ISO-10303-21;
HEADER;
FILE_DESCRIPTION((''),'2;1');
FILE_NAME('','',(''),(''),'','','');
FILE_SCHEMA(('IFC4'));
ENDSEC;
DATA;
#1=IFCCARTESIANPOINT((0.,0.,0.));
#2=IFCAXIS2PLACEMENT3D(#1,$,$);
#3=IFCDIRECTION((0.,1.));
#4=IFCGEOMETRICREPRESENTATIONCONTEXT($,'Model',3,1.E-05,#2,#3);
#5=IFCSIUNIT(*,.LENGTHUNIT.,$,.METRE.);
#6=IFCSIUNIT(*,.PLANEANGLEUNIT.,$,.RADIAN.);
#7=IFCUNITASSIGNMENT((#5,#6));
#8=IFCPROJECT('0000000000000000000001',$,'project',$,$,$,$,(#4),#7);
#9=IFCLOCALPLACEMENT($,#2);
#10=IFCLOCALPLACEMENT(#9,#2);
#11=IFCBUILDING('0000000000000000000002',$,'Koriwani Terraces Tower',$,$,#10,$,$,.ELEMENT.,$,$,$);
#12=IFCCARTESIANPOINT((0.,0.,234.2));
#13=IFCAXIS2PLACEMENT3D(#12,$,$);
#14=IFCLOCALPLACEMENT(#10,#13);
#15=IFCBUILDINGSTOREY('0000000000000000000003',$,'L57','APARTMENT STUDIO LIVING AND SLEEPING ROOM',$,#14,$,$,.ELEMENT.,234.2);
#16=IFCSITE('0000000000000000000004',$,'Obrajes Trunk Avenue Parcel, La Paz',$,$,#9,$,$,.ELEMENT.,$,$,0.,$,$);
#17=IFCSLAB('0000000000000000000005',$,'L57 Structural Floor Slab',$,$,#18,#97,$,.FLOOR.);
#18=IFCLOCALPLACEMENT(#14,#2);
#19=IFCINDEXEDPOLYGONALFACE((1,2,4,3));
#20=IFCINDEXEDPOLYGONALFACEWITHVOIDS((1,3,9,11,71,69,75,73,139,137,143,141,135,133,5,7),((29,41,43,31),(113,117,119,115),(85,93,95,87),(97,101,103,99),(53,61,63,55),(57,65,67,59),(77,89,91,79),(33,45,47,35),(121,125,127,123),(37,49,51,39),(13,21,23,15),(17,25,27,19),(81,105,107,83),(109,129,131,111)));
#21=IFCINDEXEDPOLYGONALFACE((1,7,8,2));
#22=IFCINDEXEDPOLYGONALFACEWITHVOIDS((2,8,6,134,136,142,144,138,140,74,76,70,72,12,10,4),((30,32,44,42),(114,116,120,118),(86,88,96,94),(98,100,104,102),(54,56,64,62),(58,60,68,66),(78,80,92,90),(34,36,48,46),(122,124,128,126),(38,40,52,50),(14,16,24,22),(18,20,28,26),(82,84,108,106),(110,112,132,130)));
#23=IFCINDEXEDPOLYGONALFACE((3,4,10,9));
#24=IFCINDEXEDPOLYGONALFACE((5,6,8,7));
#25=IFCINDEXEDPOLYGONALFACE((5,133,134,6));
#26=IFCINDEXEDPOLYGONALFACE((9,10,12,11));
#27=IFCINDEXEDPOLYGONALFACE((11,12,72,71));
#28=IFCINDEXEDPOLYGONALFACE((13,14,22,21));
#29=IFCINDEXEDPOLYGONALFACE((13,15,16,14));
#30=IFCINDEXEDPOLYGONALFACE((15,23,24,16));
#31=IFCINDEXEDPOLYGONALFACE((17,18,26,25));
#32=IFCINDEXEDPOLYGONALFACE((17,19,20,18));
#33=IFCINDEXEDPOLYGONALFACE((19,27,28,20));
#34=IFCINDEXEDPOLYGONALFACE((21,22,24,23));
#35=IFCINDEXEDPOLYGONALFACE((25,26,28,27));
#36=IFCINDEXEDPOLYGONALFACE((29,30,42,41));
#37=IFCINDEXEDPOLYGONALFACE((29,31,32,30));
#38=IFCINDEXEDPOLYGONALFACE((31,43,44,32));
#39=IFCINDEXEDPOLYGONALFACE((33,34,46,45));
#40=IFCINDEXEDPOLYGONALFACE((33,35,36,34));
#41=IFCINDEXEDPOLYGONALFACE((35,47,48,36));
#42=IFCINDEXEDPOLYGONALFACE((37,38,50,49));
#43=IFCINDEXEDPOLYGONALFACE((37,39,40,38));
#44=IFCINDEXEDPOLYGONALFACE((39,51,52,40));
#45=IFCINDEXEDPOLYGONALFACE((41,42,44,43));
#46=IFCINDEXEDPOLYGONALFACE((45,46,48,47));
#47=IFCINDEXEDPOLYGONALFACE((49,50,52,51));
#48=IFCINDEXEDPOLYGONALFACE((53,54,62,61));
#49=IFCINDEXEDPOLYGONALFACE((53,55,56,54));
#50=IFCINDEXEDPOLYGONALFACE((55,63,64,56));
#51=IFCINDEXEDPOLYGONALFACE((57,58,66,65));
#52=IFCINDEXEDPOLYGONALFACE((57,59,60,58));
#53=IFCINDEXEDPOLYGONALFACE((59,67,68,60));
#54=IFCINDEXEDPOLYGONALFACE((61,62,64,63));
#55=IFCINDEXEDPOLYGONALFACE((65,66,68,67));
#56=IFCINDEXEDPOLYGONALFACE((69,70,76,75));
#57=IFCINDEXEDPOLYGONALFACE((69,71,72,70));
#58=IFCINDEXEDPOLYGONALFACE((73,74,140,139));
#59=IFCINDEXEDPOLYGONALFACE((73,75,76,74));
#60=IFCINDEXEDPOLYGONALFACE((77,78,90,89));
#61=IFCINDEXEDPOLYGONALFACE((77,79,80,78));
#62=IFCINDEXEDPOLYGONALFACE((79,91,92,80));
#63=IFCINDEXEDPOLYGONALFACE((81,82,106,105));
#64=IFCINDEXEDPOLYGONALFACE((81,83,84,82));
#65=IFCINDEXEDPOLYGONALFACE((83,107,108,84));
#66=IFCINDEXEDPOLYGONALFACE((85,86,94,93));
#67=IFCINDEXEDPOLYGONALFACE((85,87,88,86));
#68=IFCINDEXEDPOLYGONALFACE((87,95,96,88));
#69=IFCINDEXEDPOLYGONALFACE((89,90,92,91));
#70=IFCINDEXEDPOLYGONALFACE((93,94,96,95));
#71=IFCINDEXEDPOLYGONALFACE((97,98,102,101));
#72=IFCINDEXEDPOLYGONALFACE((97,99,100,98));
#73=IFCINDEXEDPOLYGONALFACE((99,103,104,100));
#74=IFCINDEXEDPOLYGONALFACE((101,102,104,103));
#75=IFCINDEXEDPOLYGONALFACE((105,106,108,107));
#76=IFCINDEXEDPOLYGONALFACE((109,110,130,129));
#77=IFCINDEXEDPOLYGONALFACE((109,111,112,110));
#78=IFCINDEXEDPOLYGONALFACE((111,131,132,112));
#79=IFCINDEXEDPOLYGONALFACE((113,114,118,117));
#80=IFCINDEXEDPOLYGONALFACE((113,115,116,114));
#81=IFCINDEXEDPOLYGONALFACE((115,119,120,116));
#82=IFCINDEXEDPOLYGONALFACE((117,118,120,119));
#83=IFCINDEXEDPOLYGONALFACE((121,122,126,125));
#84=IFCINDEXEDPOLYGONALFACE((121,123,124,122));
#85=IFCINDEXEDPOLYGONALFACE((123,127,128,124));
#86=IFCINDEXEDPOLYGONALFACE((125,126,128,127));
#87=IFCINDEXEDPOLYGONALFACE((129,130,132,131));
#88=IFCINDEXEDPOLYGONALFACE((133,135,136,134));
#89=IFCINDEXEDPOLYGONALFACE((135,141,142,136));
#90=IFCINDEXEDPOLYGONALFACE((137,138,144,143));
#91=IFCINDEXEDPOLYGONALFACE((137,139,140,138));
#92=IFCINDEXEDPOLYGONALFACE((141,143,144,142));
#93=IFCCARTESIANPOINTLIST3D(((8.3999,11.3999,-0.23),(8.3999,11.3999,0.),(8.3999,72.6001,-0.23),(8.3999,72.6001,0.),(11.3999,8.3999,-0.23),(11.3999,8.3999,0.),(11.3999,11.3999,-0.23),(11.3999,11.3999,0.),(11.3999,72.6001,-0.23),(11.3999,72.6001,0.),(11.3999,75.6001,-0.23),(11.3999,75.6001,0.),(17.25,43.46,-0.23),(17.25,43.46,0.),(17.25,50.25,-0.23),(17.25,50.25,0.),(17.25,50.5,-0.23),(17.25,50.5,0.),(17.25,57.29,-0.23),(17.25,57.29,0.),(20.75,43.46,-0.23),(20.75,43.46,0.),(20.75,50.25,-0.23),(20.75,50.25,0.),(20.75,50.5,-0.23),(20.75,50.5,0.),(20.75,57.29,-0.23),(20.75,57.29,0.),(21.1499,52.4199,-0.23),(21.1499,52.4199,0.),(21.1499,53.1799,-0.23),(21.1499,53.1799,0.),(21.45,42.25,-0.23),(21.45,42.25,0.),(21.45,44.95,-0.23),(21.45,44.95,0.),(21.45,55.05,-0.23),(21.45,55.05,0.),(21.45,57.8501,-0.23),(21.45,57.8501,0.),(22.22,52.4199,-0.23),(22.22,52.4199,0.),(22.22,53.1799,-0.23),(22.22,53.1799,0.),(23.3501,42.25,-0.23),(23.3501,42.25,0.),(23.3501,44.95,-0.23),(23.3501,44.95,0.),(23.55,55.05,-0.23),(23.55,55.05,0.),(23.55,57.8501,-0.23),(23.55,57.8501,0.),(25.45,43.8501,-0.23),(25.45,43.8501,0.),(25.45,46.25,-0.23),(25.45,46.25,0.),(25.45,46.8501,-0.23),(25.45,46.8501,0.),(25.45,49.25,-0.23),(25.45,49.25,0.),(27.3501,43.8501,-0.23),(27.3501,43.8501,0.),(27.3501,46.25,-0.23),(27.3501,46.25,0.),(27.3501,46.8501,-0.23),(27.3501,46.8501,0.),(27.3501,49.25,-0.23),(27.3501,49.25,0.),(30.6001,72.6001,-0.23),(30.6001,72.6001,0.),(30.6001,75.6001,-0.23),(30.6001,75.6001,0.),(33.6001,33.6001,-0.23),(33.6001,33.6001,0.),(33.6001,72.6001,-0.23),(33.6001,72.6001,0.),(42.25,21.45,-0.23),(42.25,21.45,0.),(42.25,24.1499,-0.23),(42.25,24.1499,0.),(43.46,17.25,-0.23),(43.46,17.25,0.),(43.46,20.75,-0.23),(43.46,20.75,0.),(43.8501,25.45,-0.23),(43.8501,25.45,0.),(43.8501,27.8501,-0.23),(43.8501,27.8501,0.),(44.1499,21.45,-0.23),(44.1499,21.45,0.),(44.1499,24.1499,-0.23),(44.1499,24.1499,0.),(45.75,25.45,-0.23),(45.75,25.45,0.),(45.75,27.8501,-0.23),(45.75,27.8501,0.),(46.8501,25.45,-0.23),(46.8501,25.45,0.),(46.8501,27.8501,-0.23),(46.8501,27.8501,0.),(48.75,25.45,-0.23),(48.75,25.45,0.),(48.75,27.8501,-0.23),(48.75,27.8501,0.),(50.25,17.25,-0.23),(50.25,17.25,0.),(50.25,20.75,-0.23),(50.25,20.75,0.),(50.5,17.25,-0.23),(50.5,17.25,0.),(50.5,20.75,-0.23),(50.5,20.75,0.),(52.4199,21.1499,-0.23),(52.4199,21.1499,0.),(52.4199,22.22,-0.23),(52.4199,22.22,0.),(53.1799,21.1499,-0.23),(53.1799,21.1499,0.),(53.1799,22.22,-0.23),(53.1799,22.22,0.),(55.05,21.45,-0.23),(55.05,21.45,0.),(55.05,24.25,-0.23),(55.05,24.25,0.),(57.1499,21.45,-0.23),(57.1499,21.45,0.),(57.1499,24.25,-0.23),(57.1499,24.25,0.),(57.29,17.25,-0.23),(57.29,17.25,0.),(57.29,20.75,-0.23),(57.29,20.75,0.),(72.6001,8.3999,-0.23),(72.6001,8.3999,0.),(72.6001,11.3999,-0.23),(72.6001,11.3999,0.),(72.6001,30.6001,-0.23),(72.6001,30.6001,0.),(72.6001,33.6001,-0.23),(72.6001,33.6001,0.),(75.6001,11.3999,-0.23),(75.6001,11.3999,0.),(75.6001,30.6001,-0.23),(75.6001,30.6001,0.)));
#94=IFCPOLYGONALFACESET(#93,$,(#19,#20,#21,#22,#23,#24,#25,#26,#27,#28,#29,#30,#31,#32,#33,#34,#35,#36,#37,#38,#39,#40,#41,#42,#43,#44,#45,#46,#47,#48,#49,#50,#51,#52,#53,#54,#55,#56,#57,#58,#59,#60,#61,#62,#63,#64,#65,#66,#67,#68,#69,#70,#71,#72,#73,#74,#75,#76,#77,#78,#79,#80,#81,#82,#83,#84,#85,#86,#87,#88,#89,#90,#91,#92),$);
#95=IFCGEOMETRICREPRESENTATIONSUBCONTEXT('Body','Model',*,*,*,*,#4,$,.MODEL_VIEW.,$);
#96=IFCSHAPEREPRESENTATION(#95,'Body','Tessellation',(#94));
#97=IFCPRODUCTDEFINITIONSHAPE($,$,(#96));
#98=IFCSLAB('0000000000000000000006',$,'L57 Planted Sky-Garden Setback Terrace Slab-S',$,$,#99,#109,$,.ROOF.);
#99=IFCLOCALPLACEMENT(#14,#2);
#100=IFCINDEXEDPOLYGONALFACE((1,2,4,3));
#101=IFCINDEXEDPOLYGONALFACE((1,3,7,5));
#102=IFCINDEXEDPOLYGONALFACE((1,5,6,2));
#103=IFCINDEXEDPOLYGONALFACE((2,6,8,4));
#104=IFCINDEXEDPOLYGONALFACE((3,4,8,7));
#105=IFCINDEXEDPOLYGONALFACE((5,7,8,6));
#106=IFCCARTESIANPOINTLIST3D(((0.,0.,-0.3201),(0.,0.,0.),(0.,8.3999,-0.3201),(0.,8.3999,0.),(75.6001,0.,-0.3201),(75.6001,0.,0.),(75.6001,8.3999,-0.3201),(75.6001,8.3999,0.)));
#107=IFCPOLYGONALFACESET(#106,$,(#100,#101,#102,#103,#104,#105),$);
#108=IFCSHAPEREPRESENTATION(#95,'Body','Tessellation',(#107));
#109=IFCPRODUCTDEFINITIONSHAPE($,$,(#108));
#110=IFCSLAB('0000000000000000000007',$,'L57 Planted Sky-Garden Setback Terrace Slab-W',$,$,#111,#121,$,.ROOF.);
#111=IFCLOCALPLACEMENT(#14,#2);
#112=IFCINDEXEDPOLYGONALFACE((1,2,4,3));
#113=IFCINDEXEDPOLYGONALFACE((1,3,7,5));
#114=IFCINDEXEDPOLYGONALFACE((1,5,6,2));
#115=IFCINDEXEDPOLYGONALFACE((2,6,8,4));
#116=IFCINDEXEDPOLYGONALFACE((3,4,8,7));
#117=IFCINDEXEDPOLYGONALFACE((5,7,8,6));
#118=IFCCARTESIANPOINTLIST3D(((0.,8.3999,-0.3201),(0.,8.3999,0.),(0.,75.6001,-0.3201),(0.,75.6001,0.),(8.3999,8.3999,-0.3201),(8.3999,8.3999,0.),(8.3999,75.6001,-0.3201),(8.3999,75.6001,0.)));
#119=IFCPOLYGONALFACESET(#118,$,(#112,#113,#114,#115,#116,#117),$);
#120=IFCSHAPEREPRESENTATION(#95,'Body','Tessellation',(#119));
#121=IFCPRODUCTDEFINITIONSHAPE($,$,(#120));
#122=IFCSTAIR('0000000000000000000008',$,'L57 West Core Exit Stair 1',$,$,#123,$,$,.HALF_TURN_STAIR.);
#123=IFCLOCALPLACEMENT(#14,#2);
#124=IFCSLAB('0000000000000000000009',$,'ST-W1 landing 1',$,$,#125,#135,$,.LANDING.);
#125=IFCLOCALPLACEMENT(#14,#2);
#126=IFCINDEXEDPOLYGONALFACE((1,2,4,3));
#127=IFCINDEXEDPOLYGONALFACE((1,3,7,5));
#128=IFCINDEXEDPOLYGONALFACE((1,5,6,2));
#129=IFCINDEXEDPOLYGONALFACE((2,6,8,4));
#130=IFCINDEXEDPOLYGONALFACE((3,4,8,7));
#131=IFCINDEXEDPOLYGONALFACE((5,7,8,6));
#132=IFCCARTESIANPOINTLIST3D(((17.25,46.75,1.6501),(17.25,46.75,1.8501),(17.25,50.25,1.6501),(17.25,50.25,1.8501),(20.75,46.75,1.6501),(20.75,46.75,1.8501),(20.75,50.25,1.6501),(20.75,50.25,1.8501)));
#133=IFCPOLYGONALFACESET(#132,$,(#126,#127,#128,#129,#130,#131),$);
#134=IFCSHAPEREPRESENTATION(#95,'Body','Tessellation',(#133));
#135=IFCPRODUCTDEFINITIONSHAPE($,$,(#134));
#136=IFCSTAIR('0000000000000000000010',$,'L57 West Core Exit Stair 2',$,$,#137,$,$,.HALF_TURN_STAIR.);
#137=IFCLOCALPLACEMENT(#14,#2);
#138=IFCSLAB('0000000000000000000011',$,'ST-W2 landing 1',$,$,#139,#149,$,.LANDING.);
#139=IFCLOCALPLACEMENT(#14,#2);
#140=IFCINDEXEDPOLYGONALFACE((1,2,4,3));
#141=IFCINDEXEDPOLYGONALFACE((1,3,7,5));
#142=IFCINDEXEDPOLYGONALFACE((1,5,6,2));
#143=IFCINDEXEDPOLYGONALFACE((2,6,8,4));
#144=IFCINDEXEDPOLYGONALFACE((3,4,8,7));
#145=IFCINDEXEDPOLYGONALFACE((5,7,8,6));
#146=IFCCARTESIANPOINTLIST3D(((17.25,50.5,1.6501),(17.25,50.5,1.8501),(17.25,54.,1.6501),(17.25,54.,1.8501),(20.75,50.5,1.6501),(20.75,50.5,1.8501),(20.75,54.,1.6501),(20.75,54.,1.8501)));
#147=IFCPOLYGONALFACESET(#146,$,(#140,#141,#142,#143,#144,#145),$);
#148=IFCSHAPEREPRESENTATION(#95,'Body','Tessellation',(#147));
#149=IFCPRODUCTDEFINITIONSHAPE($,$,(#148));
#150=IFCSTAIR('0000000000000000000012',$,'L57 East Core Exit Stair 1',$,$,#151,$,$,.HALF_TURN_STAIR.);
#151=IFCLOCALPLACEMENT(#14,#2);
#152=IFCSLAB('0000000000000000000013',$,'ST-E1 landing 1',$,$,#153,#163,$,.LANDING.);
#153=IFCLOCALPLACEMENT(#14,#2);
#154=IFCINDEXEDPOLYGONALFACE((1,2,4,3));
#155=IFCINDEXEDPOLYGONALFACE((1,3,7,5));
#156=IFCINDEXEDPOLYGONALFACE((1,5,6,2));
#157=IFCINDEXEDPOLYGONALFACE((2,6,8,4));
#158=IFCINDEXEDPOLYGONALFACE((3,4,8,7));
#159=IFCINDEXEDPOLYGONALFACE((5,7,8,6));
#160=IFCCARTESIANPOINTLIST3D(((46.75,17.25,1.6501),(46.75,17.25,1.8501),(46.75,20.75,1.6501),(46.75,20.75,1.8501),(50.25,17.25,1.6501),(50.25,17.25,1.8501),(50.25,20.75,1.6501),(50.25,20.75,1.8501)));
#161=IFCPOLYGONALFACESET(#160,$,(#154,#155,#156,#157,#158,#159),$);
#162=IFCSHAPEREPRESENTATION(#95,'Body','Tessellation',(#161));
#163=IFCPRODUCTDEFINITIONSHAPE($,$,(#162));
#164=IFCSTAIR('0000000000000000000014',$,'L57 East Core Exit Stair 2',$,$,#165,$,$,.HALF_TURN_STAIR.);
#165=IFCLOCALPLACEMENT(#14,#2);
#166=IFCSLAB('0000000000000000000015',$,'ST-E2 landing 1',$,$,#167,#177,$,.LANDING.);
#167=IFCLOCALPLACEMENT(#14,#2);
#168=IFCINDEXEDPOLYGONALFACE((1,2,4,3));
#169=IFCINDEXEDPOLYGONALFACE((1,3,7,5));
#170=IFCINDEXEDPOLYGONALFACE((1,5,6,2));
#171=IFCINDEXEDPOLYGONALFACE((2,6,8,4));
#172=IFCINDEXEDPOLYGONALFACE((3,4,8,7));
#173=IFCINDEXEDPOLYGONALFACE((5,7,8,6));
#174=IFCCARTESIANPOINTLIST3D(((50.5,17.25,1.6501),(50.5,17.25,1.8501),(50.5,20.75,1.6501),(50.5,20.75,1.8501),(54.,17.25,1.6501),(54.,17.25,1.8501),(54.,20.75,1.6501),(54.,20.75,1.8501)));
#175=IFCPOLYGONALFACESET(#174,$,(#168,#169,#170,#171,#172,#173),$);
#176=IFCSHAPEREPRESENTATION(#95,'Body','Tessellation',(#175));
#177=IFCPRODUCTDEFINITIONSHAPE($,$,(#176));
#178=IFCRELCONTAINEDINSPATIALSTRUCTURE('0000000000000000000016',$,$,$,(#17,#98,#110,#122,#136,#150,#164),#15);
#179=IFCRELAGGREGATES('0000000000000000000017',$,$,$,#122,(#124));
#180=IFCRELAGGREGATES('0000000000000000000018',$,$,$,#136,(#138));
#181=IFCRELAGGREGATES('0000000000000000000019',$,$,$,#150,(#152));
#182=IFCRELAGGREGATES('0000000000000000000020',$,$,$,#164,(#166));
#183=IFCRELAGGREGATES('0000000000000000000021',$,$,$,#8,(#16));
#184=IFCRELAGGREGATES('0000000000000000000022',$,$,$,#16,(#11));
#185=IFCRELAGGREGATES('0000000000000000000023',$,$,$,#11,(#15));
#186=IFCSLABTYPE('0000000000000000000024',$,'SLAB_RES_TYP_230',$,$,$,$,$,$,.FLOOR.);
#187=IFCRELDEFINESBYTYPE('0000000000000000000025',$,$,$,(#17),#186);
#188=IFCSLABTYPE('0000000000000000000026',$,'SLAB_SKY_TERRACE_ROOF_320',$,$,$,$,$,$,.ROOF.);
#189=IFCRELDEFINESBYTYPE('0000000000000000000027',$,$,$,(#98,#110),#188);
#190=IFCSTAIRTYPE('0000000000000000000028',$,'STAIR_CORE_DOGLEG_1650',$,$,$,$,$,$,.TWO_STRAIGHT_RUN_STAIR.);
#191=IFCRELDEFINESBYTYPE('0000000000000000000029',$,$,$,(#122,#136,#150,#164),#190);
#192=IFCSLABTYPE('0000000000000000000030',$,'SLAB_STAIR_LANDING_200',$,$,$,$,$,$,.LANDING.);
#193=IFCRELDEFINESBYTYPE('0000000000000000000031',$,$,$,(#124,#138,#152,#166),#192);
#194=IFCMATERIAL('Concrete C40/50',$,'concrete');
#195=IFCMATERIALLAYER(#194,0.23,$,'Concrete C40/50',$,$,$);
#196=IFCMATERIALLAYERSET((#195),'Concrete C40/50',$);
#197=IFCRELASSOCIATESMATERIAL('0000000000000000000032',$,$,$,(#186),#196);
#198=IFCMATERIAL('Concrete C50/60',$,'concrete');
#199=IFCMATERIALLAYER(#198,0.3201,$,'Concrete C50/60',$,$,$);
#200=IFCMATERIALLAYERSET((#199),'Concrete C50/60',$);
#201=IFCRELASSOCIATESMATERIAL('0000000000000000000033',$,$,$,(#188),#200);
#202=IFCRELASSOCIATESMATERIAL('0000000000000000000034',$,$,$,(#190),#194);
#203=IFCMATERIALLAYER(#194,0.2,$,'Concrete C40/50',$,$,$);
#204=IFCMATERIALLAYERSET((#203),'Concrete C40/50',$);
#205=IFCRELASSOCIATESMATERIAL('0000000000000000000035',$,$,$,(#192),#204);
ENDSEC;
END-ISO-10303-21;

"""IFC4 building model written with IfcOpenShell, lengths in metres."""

from ifc_helpers import new_model, si_unit, direction, frame, origin, place, context, subcontext, project, spatial, polyline, outline, extrude, material, layer, layer_set, type_object, element, aggregate, save


model = new_model("IFC4")

# Units and contexts
model_context = context("Model", 3, precision=1e-05, world=origin(), true_north=direction((0.0, 1.0)))
body_context = subcontext(model_context, "Body", "Model", "MODEL_VIEW")
ifc_project = project(units=[si_unit("LENGTHUNIT", "METRE"), si_unit("PLANEANGLEUNIT", "RADIAN")], contexts=[model_context])

# Site, building, storey
site_placement = place(None, origin())
site = spatial("IfcSite", under=ifc_project, at=site_placement, Name="Obrajes Trunk Avenue Parcel, La Paz", CompositionType="ELEMENT", RefElevation=0.0)
building_placement = place(site_placement, origin())
building = spatial("IfcBuilding", under=site, at=building_placement, Name="Koriwani Terraces Tower", CompositionType="ELEMENT")
storey_placement = place(building_placement, frame((0.0, 0.0, 234.2)))
storey = spatial("IfcBuildingStorey", under=building, at=storey_placement, Name="L57", Description="APARTMENT STUDIO LIVING AND SLEEPING ROOM", CompositionType="ELEMENT", Elevation=234.2)

# Shared definitions
ifc_material_1 = material(Name="Concrete C50/60", Category="concrete")

# Slabs
ifc_material_2 = material(Name="Concrete C40/50", Category="concrete")
ifc_layer_1 = layer(ifc_material_2, 0.23, Name="Concrete C40/50")
ifc_layer_set_1 = layer_set([ifc_layer_1], Name="Concrete C40/50")
slab_type_1 = type_object("IfcSlabType", Name="SLAB_RES_TYP_230", PredefinedType="FLOOR", material=ifc_layer_set_1)
slab_1_placement = place(storey_placement, frame((0.0, 0.0, -0.23)))
element("IfcSlab", 1, at=slab_1_placement, inside=storey, type_object=slab_type_1, Name="L57 Structural Floor Slab", PredefinedType="FLOOR", context=body_context, shape_type="SweptSolid", body=[
    extrude(outline(polyline([(11.3999, 8.3999), (72.6001, 8.3999), (72.6001, 11.3999), (75.6001, 11.3999), (75.6001, 30.6001), (72.6001, 30.6001), (72.6001, 33.6001), (33.6001, 33.6001), (33.6001, 72.6001), (30.6001, 72.6001), (30.6001, 75.6001), (11.3999, 75.6001), (11.3999, 72.6001), (8.3999, 72.6001), (8.3999, 11.3999), (11.3999, 11.3999), (11.3999, 8.3999)]), holes=[polyline([(17.25, 43.46), (20.75, 43.46), (20.75, 50.25), (17.25, 50.25), (17.25, 43.46)]), polyline([(17.25, 50.5), (20.75, 50.5), (20.75, 57.29), (17.25, 57.29), (17.25, 50.5)]), polyline([(43.46, 17.25), (50.25, 17.25), (50.25, 20.75), (43.46, 20.75), (43.46, 17.25)]), polyline([(50.5, 17.25), (57.29, 17.25), (57.29, 20.75), (50.5, 20.75), (50.5, 17.25)]), polyline([(25.45, 43.8501), (27.3501, 43.8501), (27.3501, 46.25), (25.45, 46.25), (25.45, 43.8501)]), polyline([(25.45, 46.8501), (27.3501, 46.8501), (27.3501, 49.25), (25.45, 49.25), (25.45, 46.8501)]), polyline([(43.8501, 25.45), (45.75, 25.45), (45.75, 27.8501), (43.8501, 27.8501), (43.8501, 25.45)]), polyline([(46.8501, 25.45), (48.75, 25.45), (48.75, 27.8501), (46.8501, 27.8501), (46.8501, 25.45)]), polyline([(21.45, 55.05), (23.55, 55.05), (23.55, 57.8501), (21.45, 57.8501), (21.45, 55.05)]), polyline([(55.05, 21.45), (57.1499, 21.45), (57.1499, 24.25), (55.05, 24.25), (55.05, 21.45)]), polyline([(21.45, 42.25), (23.3501, 42.25), (23.3501, 44.95), (21.45, 44.95), (21.45, 42.25)]), polyline([(42.25, 21.45), (44.1499, 21.45), (44.1499, 24.1499), (42.25, 24.1499), (42.25, 21.45)]), polyline([(21.1499, 52.4199), (22.22, 52.4199), (22.22, 53.1799), (21.1499, 53.1799), (21.1499, 52.4199)]), polyline([(52.4199, 21.1499), (53.1799, 21.1499), (53.1799, 22.22), (52.4199, 22.22), (52.4199, 21.1499)])]), origin(), (0.0, 0.0, 1.0), 0.23),
])
ifc_layer_2 = layer(ifc_material_1, 0.3201, Name="Concrete C50/60")
ifc_layer_set_2 = layer_set([ifc_layer_2], Name="Concrete C50/60")
slab_type_2 = type_object("IfcSlabType", Name="SLAB_SKY_TERRACE_ROOF_320", PredefinedType="ROOF", material=ifc_layer_set_2)
slab_2_placement = place(storey_placement, frame((0.0, 0.0, -0.3201)))
element("IfcSlab", 2, at=slab_2_placement, inside=storey, type_object=slab_type_2, Name="L57 Planted Sky-Garden Setback Terrace Slab-S", PredefinedType="ROOF", context=body_context, shape_type="SweptSolid", body=[
    extrude(outline(polyline([(0.0, 0.0), (75.6001, 0.0), (75.6001, 8.3999), (0.0, 8.3999), (0.0, 0.0)])), origin(), (0.0, 0.0, 1.0), 0.3201),
])
slab_3_placement = place(storey_placement, frame((0.0, 0.0, -0.3201)))
element("IfcSlab", 3, at=slab_3_placement, inside=storey, type_object=slab_type_2, Name="L57 Planted Sky-Garden Setback Terrace Slab-W", PredefinedType="ROOF", context=body_context, shape_type="SweptSolid", body=[
    extrude(outline(polyline([(0.0, 8.3999), (8.3999, 8.3999), (8.3999, 75.6001), (0.0, 75.6001), (0.0, 8.3999)])), origin(), (0.0, 0.0, 1.0), 0.3201),
])

# Stairs, slabs
stair_type = type_object("IfcStairType", Name="STAIR_CORE_DOGLEG_1650", PredefinedType="TWO_STRAIGHT_RUN_STAIR", material=ifc_material_2)
stair_1_placement = place(storey_placement, origin())
stair_1 = element("IfcStair", 4, at=stair_1_placement, inside=storey, type_object=stair_type, Name="L57 West Core Exit Stair 1", PredefinedType="HALF_TURN_STAIR")
ifc_layer_3 = layer(ifc_material_2, 0.2, Name="Concrete C40/50")
ifc_layer_set_3 = layer_set([ifc_layer_3], Name="Concrete C40/50")
slab_type_3 = type_object("IfcSlabType", Name="SLAB_STAIR_LANDING_200", PredefinedType="LANDING", material=ifc_layer_set_3)
slab_4_placement = place(storey_placement, frame((0.0, 0.0, 1.6501)))
slab_4 = element("IfcSlab", 5, at=slab_4_placement, type_object=slab_type_3, Name="ST-W1 landing 1", PredefinedType="LANDING", context=body_context, shape_type="SweptSolid", body=[
    extrude(outline(polyline([(20.75, 46.75), (20.75, 50.25), (17.25, 50.25), (17.25, 46.75), (20.75, 46.75)])), origin(), (0.0, 0.0, 1.0), 0.2),
])
aggregate(stair_1, [slab_4])
stair_2_placement = place(storey_placement, origin())
stair_2 = element("IfcStair", 6, at=stair_2_placement, inside=storey, type_object=stair_type, Name="L57 West Core Exit Stair 2", PredefinedType="HALF_TURN_STAIR")
slab_5_placement = place(storey_placement, frame((0.0, 0.0, 1.6501)))
slab_5 = element("IfcSlab", 7, at=slab_5_placement, type_object=slab_type_3, Name="ST-W2 landing 1", PredefinedType="LANDING", context=body_context, shape_type="SweptSolid", body=[
    extrude(outline(polyline([(17.25, 54.0), (17.25, 50.5), (20.75, 50.5), (20.75, 54.0), (17.25, 54.0)])), origin(), (0.0, 0.0, 1.0), 0.2),
])
aggregate(stair_2, [slab_5])
stair_3_placement = place(storey_placement, origin())
stair_3 = element("IfcStair", 8, at=stair_3_placement, inside=storey, type_object=stair_type, Name="L57 East Core Exit Stair 1", PredefinedType="HALF_TURN_STAIR")
slab_6_placement = place(storey_placement, frame((0.0, 0.0, 1.6501)))
slab_6 = element("IfcSlab", 9, at=slab_6_placement, type_object=slab_type_3, Name="ST-E1 landing 1", PredefinedType="LANDING", context=body_context, shape_type="SweptSolid", body=[
    extrude(outline(polyline([(46.75, 17.25), (50.25, 17.25), (50.25, 20.75), (46.75, 20.75), (46.75, 17.25)])), origin(), (0.0, 0.0, 1.0), 0.2),
])
aggregate(stair_3, [slab_6])
stair_4_placement = place(storey_placement, origin())
stair_4 = element("IfcStair", 10, at=stair_4_placement, inside=storey, type_object=stair_type, Name="L57 East Core Exit Stair 2", PredefinedType="HALF_TURN_STAIR")
slab_7_placement = place(storey_placement, frame((0.0, 0.0, 1.6501)))
slab_7 = element("IfcSlab", 11, at=slab_7_placement, type_object=slab_type_3, Name="ST-E2 landing 1", PredefinedType="LANDING", context=body_context, shape_type="SweptSolid", body=[
    extrude(outline(polyline([(54.0, 20.75), (50.5, 20.75), (50.5, 17.25), (54.0, 17.25), (54.0, 20.75)])), origin(), (0.0, 0.0, 1.0), 0.2),
])
aggregate(stair_4, [slab_7])

save(model, "model.ifc")
